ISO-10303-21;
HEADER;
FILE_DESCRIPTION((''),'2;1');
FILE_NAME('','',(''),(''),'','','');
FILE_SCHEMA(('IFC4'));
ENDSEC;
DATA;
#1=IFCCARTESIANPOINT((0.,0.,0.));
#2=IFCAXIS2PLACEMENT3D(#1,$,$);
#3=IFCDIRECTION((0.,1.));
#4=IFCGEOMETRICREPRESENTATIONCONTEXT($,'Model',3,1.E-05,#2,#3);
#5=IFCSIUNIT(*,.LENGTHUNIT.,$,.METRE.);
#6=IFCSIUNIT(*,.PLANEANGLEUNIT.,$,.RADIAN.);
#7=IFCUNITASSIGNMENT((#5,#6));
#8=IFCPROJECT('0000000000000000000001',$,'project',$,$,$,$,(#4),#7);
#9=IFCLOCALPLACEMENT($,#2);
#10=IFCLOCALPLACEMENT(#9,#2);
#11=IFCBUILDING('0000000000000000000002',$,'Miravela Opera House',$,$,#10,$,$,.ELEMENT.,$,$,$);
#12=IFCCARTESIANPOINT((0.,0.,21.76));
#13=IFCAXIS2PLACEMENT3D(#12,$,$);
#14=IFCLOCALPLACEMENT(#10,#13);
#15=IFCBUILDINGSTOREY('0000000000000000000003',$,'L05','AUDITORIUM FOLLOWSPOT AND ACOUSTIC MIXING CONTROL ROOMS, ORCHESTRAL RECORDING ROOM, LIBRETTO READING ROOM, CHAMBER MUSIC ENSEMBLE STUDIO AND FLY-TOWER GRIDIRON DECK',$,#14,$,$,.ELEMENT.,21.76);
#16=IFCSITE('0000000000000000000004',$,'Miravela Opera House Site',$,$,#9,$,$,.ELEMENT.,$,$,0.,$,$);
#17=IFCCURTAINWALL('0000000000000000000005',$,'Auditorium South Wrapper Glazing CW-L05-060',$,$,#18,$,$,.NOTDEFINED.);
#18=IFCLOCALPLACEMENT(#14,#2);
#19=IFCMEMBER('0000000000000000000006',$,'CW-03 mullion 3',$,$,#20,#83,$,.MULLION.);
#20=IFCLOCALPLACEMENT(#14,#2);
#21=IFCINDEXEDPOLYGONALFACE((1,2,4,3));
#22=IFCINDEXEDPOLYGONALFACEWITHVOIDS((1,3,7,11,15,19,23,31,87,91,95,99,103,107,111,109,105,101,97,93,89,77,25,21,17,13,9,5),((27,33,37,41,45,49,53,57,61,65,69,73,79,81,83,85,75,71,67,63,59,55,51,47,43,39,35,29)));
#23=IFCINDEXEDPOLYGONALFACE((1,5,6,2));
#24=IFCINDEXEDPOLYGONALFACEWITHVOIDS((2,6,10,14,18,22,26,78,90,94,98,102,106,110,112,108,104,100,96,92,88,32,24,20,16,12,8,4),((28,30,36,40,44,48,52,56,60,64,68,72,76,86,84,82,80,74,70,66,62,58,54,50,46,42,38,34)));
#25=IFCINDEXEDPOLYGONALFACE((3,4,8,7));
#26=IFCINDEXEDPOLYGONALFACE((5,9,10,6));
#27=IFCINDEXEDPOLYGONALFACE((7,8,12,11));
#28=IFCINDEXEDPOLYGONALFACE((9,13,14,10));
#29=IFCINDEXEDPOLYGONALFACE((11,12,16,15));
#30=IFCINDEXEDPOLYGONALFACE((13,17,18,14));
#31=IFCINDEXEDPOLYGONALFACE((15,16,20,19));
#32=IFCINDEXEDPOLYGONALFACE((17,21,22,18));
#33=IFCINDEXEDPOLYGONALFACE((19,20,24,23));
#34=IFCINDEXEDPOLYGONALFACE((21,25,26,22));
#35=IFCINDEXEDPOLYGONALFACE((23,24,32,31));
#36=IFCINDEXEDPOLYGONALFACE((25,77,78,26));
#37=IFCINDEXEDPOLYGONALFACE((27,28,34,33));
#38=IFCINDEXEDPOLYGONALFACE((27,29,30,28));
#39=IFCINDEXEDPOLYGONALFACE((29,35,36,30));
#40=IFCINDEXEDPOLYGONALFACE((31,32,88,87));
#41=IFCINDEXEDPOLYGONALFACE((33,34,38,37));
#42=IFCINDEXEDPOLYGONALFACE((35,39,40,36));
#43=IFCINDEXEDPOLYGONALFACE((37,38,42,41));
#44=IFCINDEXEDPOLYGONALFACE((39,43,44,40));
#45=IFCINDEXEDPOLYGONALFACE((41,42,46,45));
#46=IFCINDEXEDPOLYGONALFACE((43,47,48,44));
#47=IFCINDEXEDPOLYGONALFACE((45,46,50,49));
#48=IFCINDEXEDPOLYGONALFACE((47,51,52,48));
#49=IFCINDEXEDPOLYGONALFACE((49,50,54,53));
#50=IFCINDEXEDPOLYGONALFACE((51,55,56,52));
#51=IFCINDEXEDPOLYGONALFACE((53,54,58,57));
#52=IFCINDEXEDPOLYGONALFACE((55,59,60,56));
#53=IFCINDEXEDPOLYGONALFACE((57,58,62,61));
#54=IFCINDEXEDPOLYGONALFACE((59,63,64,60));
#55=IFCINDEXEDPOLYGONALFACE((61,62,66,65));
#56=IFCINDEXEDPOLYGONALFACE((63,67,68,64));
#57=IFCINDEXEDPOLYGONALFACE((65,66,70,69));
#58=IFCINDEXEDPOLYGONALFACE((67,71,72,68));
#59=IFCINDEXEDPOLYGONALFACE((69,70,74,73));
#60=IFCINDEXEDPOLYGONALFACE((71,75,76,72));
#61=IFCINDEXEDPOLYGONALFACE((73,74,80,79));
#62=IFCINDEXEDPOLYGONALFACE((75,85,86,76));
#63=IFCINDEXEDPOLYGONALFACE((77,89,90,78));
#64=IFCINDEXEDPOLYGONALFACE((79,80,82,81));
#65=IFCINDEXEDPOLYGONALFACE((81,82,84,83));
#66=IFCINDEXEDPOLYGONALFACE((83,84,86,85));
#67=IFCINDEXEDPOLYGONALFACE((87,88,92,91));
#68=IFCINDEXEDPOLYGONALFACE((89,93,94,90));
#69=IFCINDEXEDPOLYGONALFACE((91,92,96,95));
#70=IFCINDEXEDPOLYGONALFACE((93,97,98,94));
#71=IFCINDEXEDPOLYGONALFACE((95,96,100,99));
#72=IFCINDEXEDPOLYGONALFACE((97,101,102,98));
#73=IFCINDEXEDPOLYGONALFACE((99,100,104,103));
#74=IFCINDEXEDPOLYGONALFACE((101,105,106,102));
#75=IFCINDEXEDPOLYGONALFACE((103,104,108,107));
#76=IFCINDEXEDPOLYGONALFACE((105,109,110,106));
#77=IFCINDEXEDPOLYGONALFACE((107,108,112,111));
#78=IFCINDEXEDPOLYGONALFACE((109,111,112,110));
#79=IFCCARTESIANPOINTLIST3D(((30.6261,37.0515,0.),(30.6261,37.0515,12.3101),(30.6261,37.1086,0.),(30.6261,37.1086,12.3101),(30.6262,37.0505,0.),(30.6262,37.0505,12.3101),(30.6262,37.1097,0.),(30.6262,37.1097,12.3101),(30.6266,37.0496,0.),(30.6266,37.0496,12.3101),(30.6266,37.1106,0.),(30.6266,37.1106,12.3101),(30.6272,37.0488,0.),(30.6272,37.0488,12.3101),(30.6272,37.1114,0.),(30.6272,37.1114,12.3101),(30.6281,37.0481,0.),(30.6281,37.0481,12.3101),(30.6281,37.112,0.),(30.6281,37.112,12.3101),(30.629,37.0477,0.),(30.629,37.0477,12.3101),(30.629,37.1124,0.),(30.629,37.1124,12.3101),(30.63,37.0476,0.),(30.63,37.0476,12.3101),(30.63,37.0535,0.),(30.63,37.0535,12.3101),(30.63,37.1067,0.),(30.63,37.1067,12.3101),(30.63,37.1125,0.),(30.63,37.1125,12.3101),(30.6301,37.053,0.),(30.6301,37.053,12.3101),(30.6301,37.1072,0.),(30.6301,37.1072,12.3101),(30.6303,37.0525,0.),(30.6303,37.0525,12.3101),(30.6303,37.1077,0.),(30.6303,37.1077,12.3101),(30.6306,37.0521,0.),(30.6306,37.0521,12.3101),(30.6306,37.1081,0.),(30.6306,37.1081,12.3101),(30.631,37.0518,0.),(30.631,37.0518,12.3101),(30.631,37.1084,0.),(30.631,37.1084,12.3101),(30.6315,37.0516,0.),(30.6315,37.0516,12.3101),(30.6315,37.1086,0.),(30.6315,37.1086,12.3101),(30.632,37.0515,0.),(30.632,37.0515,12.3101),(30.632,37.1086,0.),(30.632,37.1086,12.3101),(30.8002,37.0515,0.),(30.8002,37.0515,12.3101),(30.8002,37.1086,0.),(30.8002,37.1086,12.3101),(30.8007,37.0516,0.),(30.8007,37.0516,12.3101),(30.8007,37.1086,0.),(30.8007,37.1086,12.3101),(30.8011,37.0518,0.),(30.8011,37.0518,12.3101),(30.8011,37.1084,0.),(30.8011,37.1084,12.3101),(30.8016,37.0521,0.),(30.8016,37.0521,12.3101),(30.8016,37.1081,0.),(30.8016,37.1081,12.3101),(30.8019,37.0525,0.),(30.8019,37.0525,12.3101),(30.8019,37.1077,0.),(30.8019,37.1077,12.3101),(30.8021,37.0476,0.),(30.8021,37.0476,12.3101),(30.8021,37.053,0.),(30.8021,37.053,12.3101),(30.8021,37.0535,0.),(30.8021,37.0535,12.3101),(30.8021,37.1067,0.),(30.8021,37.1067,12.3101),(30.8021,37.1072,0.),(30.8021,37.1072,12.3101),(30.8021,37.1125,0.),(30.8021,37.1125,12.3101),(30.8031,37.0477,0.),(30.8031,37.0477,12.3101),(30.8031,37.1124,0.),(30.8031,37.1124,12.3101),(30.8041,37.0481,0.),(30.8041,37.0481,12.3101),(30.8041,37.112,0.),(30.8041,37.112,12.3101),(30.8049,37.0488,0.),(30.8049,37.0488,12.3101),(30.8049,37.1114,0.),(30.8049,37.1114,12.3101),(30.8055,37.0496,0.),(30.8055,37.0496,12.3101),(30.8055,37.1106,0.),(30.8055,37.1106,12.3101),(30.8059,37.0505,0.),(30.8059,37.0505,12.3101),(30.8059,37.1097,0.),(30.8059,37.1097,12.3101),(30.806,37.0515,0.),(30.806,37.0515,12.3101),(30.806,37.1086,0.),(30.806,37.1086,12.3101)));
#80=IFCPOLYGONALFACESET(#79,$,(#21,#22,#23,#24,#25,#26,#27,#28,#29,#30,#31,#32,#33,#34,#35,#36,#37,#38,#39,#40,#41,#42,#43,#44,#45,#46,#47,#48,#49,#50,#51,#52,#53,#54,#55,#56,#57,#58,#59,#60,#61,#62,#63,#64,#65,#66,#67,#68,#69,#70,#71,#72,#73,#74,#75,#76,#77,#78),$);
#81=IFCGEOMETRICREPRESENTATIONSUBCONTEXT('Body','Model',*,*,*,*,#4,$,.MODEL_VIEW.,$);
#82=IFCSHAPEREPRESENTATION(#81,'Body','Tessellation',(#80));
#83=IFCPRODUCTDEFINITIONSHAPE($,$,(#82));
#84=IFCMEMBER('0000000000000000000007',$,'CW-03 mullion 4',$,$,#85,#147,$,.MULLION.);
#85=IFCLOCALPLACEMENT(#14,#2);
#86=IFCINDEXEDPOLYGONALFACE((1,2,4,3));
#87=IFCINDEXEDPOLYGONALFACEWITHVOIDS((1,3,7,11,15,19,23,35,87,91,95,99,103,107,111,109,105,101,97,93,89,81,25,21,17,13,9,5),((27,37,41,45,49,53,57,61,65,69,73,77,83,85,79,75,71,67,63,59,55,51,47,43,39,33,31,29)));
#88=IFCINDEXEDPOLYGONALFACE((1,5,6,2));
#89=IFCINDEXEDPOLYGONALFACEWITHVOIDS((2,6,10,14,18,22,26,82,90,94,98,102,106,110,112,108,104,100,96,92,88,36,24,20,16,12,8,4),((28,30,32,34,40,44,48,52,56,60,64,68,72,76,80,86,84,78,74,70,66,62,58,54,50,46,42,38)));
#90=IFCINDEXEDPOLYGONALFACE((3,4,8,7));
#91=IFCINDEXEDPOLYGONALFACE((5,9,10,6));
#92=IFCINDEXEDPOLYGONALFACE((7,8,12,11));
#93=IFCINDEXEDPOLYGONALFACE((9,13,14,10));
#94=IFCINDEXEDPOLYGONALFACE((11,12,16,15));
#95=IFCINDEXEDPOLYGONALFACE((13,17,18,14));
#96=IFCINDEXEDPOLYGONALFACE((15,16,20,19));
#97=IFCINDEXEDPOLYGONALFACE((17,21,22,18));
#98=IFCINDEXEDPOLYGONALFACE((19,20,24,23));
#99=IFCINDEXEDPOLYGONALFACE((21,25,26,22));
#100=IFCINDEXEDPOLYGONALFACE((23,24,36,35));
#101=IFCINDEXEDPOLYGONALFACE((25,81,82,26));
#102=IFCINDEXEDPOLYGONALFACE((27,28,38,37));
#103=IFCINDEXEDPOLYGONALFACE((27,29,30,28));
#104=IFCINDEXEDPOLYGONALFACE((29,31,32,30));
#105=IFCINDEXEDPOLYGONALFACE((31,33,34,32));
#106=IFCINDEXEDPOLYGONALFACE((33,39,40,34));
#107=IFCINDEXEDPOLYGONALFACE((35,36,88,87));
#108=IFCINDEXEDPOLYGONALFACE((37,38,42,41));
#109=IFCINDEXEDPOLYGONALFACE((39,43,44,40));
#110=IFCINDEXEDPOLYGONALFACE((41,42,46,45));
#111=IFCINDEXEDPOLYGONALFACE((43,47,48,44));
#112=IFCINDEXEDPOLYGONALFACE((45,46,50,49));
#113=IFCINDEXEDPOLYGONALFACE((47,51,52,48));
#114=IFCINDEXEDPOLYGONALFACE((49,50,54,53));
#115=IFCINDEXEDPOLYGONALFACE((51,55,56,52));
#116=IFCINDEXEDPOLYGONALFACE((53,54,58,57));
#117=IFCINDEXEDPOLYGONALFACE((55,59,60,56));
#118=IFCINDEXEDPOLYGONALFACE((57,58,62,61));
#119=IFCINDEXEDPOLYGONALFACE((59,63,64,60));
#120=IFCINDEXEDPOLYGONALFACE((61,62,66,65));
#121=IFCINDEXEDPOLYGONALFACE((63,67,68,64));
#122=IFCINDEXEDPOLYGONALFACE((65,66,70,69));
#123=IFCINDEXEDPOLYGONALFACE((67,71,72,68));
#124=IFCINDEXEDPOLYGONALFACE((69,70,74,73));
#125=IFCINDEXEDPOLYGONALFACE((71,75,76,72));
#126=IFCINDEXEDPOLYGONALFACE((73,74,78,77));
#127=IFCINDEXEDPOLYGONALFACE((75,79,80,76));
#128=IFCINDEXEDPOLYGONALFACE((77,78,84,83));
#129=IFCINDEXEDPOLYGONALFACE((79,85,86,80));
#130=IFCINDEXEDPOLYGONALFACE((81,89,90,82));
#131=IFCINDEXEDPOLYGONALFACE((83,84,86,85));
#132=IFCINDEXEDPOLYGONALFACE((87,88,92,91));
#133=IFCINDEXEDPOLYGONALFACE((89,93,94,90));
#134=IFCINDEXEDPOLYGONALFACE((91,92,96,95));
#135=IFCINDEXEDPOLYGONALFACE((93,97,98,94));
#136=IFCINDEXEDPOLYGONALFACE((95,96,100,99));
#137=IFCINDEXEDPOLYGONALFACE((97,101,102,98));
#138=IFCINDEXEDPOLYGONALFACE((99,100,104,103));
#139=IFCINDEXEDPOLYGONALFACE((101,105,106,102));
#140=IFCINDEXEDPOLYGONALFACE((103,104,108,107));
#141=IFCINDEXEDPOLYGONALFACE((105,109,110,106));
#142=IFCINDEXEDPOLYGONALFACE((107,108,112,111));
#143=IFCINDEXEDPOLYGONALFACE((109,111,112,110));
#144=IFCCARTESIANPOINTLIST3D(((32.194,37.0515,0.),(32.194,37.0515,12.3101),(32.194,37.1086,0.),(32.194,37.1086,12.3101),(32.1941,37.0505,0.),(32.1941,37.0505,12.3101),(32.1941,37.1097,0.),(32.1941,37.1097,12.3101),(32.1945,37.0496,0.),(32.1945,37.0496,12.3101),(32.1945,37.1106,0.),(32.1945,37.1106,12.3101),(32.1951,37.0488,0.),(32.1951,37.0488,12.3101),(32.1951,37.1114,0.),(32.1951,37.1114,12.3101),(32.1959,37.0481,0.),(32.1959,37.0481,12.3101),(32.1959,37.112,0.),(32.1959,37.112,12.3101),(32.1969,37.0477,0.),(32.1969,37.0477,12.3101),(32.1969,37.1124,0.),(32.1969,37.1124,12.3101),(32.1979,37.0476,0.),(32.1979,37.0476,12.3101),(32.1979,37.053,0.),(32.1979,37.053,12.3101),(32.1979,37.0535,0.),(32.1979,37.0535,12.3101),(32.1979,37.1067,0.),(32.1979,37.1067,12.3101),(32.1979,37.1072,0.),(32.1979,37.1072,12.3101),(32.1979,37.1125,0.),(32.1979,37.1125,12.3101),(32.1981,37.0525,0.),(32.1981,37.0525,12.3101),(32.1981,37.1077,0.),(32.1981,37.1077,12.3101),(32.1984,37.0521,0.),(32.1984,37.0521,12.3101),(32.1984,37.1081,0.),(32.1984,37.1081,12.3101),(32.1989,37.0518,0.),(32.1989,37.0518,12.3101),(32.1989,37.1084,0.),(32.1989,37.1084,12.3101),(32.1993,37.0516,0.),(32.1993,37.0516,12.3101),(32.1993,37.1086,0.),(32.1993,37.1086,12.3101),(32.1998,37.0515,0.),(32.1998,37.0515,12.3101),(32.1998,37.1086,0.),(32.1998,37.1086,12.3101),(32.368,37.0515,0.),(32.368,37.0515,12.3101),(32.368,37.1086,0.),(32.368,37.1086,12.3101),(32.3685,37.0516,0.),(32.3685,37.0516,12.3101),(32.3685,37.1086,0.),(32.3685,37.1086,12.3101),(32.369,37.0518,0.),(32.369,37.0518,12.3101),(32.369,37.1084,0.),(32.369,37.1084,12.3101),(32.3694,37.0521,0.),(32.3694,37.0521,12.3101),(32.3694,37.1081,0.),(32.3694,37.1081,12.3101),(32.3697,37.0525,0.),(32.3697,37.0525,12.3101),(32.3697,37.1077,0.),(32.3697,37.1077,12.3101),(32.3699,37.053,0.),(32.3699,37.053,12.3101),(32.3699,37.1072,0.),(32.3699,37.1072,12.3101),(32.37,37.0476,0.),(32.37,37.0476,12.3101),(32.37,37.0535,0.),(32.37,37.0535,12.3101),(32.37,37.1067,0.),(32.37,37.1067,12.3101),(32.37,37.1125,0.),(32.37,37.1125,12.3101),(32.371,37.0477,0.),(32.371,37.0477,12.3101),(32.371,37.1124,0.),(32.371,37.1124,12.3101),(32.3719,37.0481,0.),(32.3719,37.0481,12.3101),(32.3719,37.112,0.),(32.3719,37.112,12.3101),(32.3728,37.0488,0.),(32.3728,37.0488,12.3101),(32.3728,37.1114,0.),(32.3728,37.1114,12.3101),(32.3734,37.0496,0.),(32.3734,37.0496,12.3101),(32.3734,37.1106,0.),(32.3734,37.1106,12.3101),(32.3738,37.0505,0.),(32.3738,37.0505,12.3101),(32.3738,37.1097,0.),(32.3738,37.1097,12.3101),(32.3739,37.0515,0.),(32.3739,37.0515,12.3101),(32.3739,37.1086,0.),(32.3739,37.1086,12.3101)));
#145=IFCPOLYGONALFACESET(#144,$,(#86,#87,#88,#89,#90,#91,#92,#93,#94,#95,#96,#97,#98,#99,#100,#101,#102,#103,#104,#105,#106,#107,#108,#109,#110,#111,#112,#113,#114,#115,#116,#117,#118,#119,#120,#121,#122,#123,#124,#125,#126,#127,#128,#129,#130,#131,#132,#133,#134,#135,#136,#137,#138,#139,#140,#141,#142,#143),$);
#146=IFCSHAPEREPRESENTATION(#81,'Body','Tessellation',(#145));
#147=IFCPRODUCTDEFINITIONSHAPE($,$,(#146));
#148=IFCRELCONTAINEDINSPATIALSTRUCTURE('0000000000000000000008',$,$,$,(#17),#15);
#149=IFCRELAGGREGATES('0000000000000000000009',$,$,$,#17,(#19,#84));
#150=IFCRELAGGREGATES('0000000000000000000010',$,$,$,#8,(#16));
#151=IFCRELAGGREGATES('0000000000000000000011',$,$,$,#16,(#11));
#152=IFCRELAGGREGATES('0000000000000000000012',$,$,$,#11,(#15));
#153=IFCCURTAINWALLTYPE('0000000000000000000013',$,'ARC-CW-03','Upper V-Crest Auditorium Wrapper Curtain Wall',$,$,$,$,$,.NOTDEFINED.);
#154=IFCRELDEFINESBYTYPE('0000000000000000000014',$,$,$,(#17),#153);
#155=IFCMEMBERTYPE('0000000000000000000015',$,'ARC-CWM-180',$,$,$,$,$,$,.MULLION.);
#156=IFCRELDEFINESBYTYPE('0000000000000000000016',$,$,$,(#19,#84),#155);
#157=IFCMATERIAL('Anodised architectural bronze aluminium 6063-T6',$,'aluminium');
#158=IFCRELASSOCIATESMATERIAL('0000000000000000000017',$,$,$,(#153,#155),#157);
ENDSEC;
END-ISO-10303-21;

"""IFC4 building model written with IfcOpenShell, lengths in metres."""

from ifc_helpers import new_model, si_unit, direction, frame, origin, origin_2d, place, context, subcontext, project, spatial, hollow_rectangle, extrude, material, material_profile, profile_set, type_object, element, aggregate, save


model = new_model("IFC4")

# Units and contexts
model_context = context("Model", 3, precision=1e-05, world=origin(), true_north=direction((0.0, 1.0)))
body_context = subcontext(model_context, "Body", "Model", "MODEL_VIEW")
ifc_project = project(units=[si_unit("LENGTHUNIT", "METRE"), si_unit("PLANEANGLEUNIT", "RADIAN")], contexts=[model_context])

# Site, building, storey
site_placement = place(None, origin())
site = spatial("IfcSite", under=ifc_project, at=site_placement, Name="Miravela Opera House Site", CompositionType="ELEMENT", RefElevation=0.0)
building_placement = place(site_placement, origin())
building = spatial("IfcBuilding", under=site, at=building_placement, Name="Miravela Opera House", CompositionType="ELEMENT")
storey_placement = place(building_placement, frame((0.0, 0.0, 21.76)))
storey = spatial("IfcBuildingStorey", under=building, at=storey_placement, Name="L05", Description="AUDITORIUM FOLLOWSPOT AND ACOUSTIC MIXING CONTROL ROOMS, ORCHESTRAL RECORDING ROOM, LIBRETTO READING ROOM, CHAMBER MUSIC ENSEMBLE STUDIO AND FLY-TOWER GRIDIRON DECK", CompositionType="ELEMENT", Elevation=21.76)

# Curtain wall, members
ifc_material_1 = material(Name="Anodised architectural bronze aluminium 6063-T6", Category="aluminium")
curtain_wall_type = type_object("IfcCurtainWallType", Name="ARC-CW-03", Description="Upper V-Crest Auditorium Wrapper Curtain Wall", PredefinedType="NOTDEFINED", material=ifc_material_1)
curtain_wall_placement = place(storey_placement, origin())
curtain_wall = element("IfcCurtainWall", 1, at=curtain_wall_placement, inside=storey, type_object=curtain_wall_type, Name="Auditorium South Wrapper Glazing CW-L05-060", PredefinedType="NOTDEFINED")
ifc_material_profile_1 = material_profile(ifc_material_1, hollow_rectangle(XDim=0.0649, YDim=0.1799, WallThickness=0.0039, InnerFilletRadius=0.002, OuterFilletRadius=0.0039, at=origin_2d()), Name="CWM-65X180")
ifc_profile_set_1 = profile_set([ifc_material_profile_1])
member_type_1 = type_object("IfcMemberType", Name="ARC-CWM-180", PredefinedType="MULLION", material=ifc_profile_set_1)
member_1_placement = place(storey_placement, frame((30.7161, 37.0801, 0.0), z_axis=(0.0, 0.0, 1.0), x_axis=(0.0, 1.0, 0.0)))
member_1 = element("IfcMember", 2, at=member_1_placement, type_object=member_type_1, Name="CW-03 mullion 3", PredefinedType="MULLION", context=body_context, shape_type="SweptSolid", body=[
    extrude(hollow_rectangle(XDim=0.0649, YDim=0.1799, WallThickness=0.0039, InnerFilletRadius=0.002, OuterFilletRadius=0.0039, at=origin_2d()), origin(), (0.0, 0.0, 1.0), 12.3101),
])
member_2_placement = place(storey_placement, frame((32.2839, 37.0801, 0.0), z_axis=(0.0, 0.0, 1.0), x_axis=(0.0, 1.0, 0.0)))
member_2 = element("IfcMember", 3, at=member_2_placement, type_object=member_type_1, Name="CW-03 mullion 4", PredefinedType="MULLION", context=body_context, shape_type="SweptSolid", body=[
    extrude(hollow_rectangle(XDim=0.0649, YDim=0.1799, WallThickness=0.0039, InnerFilletRadius=0.002, OuterFilletRadius=0.0039, at=origin_2d()), origin(), (0.0, 0.0, 1.0), 12.3101),
])
aggregate(curtain_wall, [member_1, member_2])

save(model, "model.ifc")
